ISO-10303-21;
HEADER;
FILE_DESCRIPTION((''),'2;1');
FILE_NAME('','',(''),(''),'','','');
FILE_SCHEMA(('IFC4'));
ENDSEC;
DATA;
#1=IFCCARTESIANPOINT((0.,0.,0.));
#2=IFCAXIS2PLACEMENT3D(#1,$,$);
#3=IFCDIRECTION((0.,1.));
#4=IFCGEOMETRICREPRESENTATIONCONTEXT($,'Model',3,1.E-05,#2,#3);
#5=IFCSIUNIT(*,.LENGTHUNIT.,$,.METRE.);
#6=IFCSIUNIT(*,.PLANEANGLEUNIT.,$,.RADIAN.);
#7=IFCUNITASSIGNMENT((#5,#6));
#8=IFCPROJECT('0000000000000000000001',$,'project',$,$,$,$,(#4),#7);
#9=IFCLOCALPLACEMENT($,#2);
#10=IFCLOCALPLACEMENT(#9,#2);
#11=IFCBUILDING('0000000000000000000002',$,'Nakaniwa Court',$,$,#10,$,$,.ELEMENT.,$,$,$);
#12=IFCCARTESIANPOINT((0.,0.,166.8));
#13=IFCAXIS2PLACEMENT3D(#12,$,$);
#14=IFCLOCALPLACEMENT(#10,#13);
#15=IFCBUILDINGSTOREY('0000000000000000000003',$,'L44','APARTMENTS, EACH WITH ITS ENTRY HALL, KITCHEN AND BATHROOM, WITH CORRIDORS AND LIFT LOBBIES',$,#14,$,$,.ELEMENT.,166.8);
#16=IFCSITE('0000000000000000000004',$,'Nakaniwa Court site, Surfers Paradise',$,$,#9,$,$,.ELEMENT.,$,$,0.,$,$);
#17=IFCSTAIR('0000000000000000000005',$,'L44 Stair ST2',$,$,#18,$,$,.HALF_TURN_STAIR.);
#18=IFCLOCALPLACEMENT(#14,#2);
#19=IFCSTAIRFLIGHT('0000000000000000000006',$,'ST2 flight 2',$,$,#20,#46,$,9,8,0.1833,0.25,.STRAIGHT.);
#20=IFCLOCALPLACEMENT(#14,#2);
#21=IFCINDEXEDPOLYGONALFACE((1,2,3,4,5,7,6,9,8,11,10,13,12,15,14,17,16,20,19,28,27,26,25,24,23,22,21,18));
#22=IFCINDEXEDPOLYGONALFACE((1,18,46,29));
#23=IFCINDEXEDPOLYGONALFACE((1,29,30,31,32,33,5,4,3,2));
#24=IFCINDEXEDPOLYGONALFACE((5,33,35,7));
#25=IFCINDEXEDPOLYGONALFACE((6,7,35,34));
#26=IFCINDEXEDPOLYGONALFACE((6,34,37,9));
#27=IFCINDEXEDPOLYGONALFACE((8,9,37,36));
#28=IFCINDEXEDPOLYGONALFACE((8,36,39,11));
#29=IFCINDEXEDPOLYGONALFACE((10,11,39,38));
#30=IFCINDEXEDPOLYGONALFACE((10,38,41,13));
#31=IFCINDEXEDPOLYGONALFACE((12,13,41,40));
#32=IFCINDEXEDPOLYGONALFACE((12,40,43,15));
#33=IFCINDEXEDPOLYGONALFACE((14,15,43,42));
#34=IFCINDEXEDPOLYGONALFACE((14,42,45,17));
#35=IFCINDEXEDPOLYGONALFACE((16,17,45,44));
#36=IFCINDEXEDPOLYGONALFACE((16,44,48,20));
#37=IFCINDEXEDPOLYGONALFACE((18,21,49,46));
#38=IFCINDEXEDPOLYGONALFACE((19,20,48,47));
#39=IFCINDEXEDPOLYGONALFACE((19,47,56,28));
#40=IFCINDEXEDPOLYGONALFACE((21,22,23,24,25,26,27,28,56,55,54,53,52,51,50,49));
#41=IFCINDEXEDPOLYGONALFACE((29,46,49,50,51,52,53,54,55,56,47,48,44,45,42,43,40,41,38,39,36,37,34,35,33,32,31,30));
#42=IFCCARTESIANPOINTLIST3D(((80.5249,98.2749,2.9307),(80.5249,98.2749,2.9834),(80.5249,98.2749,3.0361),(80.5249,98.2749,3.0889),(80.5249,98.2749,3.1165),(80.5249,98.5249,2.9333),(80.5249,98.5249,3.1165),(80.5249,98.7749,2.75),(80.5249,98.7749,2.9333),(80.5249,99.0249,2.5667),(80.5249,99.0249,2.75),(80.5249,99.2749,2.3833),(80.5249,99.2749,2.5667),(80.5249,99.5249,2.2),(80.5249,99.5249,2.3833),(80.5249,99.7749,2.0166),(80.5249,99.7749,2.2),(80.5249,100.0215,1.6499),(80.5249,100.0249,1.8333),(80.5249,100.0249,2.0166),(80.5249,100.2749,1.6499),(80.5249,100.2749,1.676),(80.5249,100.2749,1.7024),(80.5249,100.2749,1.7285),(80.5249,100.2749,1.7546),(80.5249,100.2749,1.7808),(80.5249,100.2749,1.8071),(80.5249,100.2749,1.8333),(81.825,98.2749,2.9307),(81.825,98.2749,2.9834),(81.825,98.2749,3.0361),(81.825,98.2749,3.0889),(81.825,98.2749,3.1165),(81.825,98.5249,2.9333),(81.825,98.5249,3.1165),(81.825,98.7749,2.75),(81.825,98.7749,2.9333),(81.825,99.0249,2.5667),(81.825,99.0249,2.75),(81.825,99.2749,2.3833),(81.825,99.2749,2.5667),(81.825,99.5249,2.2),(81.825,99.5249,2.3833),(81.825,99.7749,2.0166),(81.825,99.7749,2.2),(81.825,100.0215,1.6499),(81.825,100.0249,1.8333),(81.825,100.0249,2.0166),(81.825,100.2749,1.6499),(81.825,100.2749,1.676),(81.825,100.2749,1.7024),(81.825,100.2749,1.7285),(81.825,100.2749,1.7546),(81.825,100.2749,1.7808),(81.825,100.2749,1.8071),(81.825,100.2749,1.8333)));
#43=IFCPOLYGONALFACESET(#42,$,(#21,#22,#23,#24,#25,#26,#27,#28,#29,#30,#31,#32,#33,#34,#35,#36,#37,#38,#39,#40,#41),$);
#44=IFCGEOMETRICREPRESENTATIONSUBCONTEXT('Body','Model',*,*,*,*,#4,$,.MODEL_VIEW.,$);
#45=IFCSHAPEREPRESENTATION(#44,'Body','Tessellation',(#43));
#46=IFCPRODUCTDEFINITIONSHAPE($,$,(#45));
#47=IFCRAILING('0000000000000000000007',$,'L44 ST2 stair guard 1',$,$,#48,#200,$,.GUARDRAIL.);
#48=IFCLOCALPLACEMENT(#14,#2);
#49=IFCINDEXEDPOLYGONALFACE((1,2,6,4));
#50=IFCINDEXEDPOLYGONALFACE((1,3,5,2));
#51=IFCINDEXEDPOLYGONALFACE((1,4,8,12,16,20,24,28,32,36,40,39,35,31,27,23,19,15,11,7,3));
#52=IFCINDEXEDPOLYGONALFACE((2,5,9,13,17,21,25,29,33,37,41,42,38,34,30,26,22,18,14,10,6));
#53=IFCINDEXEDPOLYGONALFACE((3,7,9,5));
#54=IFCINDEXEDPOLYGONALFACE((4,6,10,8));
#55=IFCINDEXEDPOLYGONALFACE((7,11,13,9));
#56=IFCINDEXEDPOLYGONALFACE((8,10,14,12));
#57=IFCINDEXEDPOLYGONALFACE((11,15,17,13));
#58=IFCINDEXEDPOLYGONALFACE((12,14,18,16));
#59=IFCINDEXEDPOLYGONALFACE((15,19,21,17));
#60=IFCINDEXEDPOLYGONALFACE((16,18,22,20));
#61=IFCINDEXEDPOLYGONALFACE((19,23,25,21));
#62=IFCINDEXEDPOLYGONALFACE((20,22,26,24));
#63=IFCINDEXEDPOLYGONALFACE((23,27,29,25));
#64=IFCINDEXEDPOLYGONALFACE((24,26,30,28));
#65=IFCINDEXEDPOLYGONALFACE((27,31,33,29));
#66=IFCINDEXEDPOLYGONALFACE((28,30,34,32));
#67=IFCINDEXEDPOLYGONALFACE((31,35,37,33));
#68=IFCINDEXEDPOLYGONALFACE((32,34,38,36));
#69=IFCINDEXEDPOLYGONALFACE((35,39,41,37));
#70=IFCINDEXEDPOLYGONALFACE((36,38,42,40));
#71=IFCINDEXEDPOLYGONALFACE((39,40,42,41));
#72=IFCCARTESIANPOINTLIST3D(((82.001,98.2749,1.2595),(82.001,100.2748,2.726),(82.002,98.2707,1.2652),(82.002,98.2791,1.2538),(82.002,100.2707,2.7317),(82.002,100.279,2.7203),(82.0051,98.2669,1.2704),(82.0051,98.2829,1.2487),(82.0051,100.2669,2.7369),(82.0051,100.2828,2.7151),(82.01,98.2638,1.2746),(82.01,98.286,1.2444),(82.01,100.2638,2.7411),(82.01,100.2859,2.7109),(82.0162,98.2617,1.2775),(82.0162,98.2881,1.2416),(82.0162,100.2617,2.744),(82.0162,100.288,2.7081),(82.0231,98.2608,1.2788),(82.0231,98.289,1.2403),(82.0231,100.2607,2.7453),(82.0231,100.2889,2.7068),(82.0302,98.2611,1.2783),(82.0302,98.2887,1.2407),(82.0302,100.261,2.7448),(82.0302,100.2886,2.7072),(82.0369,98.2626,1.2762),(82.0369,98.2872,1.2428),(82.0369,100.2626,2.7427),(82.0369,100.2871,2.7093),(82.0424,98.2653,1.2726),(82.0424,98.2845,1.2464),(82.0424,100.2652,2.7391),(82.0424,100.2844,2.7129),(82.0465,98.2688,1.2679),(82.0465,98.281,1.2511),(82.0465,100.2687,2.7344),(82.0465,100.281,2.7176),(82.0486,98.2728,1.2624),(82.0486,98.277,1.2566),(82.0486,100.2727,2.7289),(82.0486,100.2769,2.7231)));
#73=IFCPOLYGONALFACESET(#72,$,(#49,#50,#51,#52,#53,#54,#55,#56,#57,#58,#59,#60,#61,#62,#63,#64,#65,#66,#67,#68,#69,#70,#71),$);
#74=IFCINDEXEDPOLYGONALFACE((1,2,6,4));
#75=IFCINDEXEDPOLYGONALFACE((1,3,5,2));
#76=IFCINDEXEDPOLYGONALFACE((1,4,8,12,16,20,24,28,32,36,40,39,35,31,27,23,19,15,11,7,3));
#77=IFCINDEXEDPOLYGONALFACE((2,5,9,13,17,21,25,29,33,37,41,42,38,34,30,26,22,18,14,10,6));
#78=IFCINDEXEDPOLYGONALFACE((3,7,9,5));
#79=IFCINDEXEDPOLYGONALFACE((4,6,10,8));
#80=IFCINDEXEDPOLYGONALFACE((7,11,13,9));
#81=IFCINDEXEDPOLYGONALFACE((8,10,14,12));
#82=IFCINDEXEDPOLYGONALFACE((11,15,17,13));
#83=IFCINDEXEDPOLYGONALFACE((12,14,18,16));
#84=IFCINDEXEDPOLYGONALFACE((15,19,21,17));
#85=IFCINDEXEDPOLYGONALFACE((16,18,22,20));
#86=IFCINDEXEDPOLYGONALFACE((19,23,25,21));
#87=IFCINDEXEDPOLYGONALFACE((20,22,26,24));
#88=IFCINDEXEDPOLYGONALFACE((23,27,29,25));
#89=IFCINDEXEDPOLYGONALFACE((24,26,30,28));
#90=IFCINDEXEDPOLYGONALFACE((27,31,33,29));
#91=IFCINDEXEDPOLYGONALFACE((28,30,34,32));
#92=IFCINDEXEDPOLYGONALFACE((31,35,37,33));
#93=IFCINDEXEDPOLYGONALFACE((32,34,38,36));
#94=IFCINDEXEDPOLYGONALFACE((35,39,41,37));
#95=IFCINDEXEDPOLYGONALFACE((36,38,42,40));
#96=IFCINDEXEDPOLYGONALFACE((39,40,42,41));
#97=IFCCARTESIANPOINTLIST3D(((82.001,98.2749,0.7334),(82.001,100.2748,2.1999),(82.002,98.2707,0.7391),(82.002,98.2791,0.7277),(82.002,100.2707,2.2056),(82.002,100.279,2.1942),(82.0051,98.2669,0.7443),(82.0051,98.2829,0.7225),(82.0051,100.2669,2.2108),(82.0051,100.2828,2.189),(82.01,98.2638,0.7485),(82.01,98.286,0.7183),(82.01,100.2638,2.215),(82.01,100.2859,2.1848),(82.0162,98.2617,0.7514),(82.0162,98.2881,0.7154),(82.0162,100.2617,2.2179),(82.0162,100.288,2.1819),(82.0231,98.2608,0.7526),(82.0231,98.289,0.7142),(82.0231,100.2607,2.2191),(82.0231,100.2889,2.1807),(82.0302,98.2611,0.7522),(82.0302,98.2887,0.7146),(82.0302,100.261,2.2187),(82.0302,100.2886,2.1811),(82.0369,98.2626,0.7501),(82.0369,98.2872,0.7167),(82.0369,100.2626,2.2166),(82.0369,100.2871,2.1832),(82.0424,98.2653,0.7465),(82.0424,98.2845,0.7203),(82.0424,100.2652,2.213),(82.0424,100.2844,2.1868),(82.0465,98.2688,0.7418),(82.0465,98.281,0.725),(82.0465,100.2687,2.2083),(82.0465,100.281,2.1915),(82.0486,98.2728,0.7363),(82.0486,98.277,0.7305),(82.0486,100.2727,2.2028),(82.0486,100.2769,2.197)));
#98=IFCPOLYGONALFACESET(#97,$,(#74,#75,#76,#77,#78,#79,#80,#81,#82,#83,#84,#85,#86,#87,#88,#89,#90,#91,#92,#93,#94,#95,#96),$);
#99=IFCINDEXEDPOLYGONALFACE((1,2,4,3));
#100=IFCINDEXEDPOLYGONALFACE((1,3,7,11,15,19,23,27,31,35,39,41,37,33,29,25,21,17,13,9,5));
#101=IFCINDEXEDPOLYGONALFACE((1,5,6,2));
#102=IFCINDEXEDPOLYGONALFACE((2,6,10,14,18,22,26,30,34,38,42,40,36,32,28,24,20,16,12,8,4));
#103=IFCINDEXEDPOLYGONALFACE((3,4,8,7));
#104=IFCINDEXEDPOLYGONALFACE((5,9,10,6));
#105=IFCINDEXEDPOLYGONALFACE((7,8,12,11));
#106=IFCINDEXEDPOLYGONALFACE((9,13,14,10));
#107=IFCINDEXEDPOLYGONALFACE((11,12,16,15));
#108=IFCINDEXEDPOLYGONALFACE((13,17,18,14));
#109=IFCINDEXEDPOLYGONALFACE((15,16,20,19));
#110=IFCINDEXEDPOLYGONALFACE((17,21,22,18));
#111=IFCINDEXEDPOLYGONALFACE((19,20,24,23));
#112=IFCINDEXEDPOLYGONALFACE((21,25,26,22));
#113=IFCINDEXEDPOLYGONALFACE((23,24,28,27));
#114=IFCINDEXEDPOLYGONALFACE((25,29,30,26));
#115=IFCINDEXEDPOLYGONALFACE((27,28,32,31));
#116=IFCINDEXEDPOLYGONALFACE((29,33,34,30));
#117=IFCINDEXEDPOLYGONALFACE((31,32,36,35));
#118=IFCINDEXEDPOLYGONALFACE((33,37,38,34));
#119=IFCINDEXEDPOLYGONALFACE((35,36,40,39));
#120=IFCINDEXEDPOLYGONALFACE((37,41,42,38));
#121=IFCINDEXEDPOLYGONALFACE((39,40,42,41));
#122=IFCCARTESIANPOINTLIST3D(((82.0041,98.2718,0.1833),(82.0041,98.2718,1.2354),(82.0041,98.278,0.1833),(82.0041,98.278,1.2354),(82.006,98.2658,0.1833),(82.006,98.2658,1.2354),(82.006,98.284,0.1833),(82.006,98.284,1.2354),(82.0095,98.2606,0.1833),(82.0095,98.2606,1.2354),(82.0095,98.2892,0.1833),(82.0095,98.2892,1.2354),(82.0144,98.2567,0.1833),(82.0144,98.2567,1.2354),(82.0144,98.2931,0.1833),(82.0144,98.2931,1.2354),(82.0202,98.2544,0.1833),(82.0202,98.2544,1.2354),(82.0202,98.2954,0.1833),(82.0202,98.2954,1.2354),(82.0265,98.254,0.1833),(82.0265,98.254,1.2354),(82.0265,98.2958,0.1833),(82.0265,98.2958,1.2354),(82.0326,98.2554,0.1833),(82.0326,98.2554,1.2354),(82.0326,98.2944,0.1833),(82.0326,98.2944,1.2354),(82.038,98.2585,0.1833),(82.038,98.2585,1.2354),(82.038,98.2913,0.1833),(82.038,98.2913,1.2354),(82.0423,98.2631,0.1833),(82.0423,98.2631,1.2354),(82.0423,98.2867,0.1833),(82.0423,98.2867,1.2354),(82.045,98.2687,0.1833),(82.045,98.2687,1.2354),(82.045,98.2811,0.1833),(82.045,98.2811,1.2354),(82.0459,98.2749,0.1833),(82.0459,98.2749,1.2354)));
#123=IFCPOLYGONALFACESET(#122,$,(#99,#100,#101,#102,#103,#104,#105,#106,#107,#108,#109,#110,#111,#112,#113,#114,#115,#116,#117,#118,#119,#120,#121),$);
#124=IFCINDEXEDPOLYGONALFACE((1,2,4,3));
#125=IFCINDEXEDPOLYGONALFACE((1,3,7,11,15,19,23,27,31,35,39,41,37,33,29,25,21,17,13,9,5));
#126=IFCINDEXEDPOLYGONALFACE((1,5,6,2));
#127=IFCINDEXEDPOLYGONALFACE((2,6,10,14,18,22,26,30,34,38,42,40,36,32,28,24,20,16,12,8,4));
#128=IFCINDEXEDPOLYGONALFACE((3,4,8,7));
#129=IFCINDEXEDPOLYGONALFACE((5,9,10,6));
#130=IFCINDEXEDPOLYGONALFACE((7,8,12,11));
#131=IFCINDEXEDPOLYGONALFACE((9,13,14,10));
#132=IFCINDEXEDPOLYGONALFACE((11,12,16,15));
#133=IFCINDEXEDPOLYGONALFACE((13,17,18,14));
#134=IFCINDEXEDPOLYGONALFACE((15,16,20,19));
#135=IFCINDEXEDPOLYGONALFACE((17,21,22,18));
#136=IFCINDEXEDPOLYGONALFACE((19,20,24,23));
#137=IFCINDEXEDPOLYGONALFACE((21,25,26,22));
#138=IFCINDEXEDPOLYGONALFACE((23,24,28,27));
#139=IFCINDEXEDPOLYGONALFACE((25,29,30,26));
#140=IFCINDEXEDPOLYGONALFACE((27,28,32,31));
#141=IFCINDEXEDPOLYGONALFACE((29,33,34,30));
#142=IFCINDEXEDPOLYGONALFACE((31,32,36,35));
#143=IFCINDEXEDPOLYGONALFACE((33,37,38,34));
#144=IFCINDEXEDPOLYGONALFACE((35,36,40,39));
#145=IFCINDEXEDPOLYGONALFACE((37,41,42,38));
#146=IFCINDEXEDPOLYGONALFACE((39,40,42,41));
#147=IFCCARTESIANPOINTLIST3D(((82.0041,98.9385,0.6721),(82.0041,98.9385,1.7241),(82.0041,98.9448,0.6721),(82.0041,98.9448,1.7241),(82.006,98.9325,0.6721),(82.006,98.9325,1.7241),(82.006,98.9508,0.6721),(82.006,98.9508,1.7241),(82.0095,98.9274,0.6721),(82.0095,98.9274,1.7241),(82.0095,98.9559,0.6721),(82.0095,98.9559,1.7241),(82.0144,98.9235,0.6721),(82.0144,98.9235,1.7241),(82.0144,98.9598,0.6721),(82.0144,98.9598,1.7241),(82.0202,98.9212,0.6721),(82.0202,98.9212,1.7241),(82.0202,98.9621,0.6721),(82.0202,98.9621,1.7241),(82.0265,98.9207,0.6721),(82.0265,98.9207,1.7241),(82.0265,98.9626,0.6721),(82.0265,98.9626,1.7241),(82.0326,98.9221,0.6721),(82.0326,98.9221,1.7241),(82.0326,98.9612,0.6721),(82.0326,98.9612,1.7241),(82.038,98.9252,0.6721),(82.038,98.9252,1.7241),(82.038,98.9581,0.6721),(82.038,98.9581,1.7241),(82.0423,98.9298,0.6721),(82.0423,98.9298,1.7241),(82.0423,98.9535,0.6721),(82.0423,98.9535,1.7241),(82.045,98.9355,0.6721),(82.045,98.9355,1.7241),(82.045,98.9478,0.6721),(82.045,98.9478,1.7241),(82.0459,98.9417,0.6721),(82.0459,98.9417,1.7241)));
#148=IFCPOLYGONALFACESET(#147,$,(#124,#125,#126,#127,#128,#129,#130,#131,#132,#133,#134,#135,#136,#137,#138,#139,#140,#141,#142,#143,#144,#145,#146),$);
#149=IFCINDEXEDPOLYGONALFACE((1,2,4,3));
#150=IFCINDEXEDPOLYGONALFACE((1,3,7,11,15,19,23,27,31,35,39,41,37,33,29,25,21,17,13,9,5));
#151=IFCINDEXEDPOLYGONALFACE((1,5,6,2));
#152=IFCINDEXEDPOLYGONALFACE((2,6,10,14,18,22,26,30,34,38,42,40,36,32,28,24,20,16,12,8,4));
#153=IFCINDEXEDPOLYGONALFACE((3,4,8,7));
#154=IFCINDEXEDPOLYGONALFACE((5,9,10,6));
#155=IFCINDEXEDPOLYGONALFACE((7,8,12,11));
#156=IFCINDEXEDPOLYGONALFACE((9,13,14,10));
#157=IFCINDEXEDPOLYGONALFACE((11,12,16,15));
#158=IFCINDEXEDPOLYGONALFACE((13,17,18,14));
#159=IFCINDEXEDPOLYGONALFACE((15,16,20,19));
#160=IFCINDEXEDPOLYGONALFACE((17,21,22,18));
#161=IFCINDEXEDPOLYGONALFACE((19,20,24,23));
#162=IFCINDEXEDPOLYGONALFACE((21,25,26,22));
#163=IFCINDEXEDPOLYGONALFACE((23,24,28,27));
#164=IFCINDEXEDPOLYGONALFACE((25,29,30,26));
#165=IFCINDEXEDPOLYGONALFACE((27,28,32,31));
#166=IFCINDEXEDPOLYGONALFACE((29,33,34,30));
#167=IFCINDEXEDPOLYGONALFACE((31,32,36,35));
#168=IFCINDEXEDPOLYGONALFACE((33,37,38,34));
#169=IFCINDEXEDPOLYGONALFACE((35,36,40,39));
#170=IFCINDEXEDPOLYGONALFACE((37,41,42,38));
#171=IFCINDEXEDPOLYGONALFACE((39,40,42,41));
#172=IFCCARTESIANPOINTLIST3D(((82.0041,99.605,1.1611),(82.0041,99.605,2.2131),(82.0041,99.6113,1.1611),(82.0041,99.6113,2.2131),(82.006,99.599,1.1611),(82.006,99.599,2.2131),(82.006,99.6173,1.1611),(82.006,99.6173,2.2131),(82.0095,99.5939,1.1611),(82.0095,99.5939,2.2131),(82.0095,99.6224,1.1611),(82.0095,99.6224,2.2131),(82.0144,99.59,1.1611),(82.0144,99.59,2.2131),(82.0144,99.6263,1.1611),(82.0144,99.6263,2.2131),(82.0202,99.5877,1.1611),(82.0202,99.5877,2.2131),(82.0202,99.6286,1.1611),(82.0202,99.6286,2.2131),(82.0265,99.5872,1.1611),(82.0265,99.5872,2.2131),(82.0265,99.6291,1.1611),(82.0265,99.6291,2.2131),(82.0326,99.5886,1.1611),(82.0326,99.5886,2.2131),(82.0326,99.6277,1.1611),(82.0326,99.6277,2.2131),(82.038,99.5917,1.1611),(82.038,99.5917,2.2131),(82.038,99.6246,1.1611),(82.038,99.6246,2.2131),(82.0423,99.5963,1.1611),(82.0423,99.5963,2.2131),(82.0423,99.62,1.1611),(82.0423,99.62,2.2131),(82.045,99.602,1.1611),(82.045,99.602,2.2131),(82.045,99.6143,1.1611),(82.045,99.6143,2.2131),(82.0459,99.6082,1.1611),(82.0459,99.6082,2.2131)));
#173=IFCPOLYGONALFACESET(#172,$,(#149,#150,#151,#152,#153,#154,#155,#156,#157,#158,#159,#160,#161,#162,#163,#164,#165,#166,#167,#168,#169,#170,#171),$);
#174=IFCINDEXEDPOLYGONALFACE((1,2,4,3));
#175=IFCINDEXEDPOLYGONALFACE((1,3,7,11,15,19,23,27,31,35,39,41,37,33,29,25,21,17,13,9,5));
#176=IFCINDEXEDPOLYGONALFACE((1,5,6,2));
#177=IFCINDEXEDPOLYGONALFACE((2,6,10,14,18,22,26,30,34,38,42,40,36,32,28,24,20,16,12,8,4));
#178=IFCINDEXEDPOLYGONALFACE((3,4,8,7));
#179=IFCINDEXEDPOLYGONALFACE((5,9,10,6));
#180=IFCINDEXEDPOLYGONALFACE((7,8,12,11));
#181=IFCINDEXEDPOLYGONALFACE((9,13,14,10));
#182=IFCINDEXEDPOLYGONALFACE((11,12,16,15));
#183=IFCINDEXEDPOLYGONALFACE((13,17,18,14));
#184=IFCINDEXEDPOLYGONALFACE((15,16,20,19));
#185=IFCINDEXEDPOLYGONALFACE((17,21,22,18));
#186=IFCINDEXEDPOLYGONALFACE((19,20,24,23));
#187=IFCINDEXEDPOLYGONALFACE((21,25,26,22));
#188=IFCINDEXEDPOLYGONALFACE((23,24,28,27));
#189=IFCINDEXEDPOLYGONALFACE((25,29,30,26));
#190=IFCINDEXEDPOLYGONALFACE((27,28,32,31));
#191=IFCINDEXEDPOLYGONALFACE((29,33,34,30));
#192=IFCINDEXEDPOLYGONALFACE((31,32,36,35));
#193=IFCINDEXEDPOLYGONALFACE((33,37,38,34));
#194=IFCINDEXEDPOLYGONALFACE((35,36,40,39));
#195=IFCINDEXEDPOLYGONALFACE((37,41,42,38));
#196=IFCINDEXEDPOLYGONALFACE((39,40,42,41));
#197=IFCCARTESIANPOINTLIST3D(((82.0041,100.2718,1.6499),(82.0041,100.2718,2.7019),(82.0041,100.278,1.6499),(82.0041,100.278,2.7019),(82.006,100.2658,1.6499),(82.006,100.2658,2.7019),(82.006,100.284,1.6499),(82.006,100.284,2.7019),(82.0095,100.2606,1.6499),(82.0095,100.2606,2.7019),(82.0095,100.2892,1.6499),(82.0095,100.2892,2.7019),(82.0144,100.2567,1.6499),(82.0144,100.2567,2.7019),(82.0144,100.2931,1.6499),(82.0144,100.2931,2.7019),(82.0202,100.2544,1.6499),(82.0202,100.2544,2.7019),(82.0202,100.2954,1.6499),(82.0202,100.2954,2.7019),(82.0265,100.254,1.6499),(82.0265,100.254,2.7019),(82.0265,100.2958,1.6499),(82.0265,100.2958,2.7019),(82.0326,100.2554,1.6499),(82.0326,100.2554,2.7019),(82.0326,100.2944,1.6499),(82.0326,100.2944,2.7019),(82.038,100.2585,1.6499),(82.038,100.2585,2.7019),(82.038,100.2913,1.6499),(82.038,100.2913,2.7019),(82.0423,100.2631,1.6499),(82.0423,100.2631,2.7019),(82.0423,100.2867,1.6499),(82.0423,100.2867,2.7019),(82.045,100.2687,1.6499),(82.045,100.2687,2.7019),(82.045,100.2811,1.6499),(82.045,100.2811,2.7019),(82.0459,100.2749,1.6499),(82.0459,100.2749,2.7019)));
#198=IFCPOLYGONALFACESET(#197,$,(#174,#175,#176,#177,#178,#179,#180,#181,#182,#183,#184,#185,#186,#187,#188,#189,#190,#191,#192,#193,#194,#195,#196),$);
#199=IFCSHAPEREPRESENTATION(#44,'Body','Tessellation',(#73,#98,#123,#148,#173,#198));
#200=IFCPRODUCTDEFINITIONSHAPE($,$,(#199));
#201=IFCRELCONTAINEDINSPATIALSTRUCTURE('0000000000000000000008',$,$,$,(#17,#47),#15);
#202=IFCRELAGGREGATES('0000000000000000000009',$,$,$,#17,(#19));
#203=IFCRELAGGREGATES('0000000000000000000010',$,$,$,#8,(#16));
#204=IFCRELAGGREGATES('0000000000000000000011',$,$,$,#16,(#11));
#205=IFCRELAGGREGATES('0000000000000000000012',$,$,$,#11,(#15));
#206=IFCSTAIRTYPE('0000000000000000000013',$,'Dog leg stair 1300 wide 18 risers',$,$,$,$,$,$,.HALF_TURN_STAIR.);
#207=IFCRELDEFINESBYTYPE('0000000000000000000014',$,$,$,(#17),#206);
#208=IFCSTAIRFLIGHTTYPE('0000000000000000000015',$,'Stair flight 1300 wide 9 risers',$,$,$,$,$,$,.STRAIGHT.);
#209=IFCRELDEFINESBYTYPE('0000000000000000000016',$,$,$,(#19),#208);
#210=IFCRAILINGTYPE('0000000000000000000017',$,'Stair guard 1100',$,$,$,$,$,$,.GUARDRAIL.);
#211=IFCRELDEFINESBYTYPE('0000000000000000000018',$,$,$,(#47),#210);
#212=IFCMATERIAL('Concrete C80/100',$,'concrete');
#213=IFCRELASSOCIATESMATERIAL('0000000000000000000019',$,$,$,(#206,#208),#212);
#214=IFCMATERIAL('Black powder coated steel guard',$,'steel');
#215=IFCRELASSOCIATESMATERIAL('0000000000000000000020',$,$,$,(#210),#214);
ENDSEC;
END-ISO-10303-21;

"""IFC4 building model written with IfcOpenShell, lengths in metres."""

from ifc_helpers import new_model, si_unit, direction, frame, origin, origin_2d, place, context, subcontext, project, spatial, polyline, circle, outline, extrude, material, type_object, element, aggregate, save


model = new_model("IFC4")

# Units and contexts
model_context = context("Model", 3, precision=1e-05, world=origin(), true_north=direction((0.0, 1.0)))
body_context = subcontext(model_context, "Body", "Model", "MODEL_VIEW")
ifc_project = project(units=[si_unit("LENGTHUNIT", "METRE"), si_unit("PLANEANGLEUNIT", "RADIAN")], contexts=[model_context])

# Site, building, storey
site_placement = place(None, origin())
site = spatial("IfcSite", under=ifc_project, at=site_placement, Name="Nakaniwa Court site, Surfers Paradise", CompositionType="ELEMENT", RefElevation=0.0)
building_placement = place(site_placement, origin())
building = spatial("IfcBuilding", under=site, at=building_placement, Name="Nakaniwa Court", CompositionType="ELEMENT")
storey_placement = place(building_placement, frame((0.0, 0.0, 166.8)))
storey = spatial("IfcBuildingStorey", under=building, at=storey_placement, Name="L44", Description="APARTMENTS, EACH WITH ITS ENTRY HALL, KITCHEN AND BATHROOM, WITH CORRIDORS AND LIFT LOBBIES", CompositionType="ELEMENT", Elevation=166.8)

# Shared definitions
ifc_material_1 = material(Name="Concrete C80/100", Category="concrete")

# Stair, stair flight
stair_type = type_object("IfcStairType", Name="Dog leg stair 1300 wide 18 risers", PredefinedType="HALF_TURN_STAIR", material=ifc_material_1)
stair_placement = place(storey_placement, origin())
stair = element("IfcStair", 1, at=stair_placement, inside=storey, type_object=stair_type, Name="L44 Stair ST2", PredefinedType="HALF_TURN_STAIR")
stair_flight_type = type_object("IfcStairFlightType", Name="Stair flight 1300 wide 9 risers", PredefinedType="STRAIGHT", material=ifc_material_1)
stair_flight_1_placement = place(storey_placement, frame((81.175, 100.2749, 1.6499), z_axis=(0.0, 0.0, 1.0), x_axis=(0.0, -1.0, 0.0)))
stair_flight_1 = element("IfcStairFlight", 2, at=stair_flight_1_placement, type_object=stair_flight_type, Name="ST2 flight 2", NumberOfRisers=9, NumberOfTreads=8, PredefinedType="STRAIGHT", RiserHeight=0.1833, TreadLength=0.25, context=body_context, shape_type="SweptSolid", body=[
    extrude(outline(polyline([(0.0, 0.0), (0.0, 0.0261), (0.0, 0.0525), (0.0, 0.0786), (0.0, 0.1047), (0.0, 0.1309), (0.0, 0.1572), (0.0, 0.1833), (0.25, 0.1833), (0.25, 0.3667), (0.5, 0.3667), (0.5, 0.55), (0.75, 0.55), (0.75, 0.7334), (1.0, 0.7334), (1.0, 0.9167), (1.25, 0.9167), (1.25, 1.1001), (1.5, 1.1001), (1.5, 1.2834), (1.75, 1.2834), (1.75, 1.4666), (2.0, 1.4666), (2.0, 1.6499), (2.0, 1.5972), (2.0, 1.5444), (2.0, 1.4917), (2.0, 1.439), (2.0, 1.3862), (2.0, 1.3335), (2.0, 1.2808), (0.2534, 0.0), (0.0, 0.0)])), frame((0.0, 0.6499, 0.0), z_axis=(0.0, -1.0, 0.0), x_axis=(1.0, 0.0, 0.0)), (0.0, 0.0, 1.0), 1.3),
])
aggregate(stair, [stair_flight_1])

# Railing
ifc_material_2 = material(Name="Black powder coated steel guard", Category="steel")
railing_type_1 = type_object("IfcRailingType", Name="Stair guard 1100", PredefinedType="GUARDRAIL", material=ifc_material_2)
railing_1_placement = place(storey_placement, frame((82.0249, 98.2749, 0.1833)))
element("IfcRailing", 3, at=railing_1_placement, inside=storey, type_object=railing_type_1, Name="L44 ST2 stair guard 1", PredefinedType="GUARDRAIL", context=body_context, shape_type="SweptSolid", body=[
    extrude(circle(Radius=0.0239, at=origin_2d()), frame((0.0, 0.0, 1.0762), z_axis=(0.0, 0.806427, 0.591334), x_axis=(-1.0, 0.0, 0.0)), (0.0, 0.0, 1.0), 2.48),
    extrude(circle(Radius=0.0239, at=origin_2d()), frame((0.0, 0.0, 0.55), z_axis=(0.0, 0.806427, 0.591334), x_axis=(-1.0, 0.0, 0.0)), (0.0, 0.0, 1.0), 2.48),
    extrude(circle(Radius=0.021, at=origin_2d()), origin(), (0.0, 0.0, 1.0), 1.052),
    extrude(circle(Radius=0.021, at=origin_2d()), frame((0.0, 0.6667, 0.4888)), (0.0, 0.0, 1.0), 1.052),
    extrude(circle(Radius=0.021, at=origin_2d()), frame((0.0, 1.3333, 0.9778)), (0.0, 0.0, 1.0), 1.052),
    extrude(circle(Radius=0.021, at=origin_2d()), frame((0.0, 2.0, 1.4666)), (0.0, 0.0, 1.0), 1.052),
])

save(model, "model.ifc")
